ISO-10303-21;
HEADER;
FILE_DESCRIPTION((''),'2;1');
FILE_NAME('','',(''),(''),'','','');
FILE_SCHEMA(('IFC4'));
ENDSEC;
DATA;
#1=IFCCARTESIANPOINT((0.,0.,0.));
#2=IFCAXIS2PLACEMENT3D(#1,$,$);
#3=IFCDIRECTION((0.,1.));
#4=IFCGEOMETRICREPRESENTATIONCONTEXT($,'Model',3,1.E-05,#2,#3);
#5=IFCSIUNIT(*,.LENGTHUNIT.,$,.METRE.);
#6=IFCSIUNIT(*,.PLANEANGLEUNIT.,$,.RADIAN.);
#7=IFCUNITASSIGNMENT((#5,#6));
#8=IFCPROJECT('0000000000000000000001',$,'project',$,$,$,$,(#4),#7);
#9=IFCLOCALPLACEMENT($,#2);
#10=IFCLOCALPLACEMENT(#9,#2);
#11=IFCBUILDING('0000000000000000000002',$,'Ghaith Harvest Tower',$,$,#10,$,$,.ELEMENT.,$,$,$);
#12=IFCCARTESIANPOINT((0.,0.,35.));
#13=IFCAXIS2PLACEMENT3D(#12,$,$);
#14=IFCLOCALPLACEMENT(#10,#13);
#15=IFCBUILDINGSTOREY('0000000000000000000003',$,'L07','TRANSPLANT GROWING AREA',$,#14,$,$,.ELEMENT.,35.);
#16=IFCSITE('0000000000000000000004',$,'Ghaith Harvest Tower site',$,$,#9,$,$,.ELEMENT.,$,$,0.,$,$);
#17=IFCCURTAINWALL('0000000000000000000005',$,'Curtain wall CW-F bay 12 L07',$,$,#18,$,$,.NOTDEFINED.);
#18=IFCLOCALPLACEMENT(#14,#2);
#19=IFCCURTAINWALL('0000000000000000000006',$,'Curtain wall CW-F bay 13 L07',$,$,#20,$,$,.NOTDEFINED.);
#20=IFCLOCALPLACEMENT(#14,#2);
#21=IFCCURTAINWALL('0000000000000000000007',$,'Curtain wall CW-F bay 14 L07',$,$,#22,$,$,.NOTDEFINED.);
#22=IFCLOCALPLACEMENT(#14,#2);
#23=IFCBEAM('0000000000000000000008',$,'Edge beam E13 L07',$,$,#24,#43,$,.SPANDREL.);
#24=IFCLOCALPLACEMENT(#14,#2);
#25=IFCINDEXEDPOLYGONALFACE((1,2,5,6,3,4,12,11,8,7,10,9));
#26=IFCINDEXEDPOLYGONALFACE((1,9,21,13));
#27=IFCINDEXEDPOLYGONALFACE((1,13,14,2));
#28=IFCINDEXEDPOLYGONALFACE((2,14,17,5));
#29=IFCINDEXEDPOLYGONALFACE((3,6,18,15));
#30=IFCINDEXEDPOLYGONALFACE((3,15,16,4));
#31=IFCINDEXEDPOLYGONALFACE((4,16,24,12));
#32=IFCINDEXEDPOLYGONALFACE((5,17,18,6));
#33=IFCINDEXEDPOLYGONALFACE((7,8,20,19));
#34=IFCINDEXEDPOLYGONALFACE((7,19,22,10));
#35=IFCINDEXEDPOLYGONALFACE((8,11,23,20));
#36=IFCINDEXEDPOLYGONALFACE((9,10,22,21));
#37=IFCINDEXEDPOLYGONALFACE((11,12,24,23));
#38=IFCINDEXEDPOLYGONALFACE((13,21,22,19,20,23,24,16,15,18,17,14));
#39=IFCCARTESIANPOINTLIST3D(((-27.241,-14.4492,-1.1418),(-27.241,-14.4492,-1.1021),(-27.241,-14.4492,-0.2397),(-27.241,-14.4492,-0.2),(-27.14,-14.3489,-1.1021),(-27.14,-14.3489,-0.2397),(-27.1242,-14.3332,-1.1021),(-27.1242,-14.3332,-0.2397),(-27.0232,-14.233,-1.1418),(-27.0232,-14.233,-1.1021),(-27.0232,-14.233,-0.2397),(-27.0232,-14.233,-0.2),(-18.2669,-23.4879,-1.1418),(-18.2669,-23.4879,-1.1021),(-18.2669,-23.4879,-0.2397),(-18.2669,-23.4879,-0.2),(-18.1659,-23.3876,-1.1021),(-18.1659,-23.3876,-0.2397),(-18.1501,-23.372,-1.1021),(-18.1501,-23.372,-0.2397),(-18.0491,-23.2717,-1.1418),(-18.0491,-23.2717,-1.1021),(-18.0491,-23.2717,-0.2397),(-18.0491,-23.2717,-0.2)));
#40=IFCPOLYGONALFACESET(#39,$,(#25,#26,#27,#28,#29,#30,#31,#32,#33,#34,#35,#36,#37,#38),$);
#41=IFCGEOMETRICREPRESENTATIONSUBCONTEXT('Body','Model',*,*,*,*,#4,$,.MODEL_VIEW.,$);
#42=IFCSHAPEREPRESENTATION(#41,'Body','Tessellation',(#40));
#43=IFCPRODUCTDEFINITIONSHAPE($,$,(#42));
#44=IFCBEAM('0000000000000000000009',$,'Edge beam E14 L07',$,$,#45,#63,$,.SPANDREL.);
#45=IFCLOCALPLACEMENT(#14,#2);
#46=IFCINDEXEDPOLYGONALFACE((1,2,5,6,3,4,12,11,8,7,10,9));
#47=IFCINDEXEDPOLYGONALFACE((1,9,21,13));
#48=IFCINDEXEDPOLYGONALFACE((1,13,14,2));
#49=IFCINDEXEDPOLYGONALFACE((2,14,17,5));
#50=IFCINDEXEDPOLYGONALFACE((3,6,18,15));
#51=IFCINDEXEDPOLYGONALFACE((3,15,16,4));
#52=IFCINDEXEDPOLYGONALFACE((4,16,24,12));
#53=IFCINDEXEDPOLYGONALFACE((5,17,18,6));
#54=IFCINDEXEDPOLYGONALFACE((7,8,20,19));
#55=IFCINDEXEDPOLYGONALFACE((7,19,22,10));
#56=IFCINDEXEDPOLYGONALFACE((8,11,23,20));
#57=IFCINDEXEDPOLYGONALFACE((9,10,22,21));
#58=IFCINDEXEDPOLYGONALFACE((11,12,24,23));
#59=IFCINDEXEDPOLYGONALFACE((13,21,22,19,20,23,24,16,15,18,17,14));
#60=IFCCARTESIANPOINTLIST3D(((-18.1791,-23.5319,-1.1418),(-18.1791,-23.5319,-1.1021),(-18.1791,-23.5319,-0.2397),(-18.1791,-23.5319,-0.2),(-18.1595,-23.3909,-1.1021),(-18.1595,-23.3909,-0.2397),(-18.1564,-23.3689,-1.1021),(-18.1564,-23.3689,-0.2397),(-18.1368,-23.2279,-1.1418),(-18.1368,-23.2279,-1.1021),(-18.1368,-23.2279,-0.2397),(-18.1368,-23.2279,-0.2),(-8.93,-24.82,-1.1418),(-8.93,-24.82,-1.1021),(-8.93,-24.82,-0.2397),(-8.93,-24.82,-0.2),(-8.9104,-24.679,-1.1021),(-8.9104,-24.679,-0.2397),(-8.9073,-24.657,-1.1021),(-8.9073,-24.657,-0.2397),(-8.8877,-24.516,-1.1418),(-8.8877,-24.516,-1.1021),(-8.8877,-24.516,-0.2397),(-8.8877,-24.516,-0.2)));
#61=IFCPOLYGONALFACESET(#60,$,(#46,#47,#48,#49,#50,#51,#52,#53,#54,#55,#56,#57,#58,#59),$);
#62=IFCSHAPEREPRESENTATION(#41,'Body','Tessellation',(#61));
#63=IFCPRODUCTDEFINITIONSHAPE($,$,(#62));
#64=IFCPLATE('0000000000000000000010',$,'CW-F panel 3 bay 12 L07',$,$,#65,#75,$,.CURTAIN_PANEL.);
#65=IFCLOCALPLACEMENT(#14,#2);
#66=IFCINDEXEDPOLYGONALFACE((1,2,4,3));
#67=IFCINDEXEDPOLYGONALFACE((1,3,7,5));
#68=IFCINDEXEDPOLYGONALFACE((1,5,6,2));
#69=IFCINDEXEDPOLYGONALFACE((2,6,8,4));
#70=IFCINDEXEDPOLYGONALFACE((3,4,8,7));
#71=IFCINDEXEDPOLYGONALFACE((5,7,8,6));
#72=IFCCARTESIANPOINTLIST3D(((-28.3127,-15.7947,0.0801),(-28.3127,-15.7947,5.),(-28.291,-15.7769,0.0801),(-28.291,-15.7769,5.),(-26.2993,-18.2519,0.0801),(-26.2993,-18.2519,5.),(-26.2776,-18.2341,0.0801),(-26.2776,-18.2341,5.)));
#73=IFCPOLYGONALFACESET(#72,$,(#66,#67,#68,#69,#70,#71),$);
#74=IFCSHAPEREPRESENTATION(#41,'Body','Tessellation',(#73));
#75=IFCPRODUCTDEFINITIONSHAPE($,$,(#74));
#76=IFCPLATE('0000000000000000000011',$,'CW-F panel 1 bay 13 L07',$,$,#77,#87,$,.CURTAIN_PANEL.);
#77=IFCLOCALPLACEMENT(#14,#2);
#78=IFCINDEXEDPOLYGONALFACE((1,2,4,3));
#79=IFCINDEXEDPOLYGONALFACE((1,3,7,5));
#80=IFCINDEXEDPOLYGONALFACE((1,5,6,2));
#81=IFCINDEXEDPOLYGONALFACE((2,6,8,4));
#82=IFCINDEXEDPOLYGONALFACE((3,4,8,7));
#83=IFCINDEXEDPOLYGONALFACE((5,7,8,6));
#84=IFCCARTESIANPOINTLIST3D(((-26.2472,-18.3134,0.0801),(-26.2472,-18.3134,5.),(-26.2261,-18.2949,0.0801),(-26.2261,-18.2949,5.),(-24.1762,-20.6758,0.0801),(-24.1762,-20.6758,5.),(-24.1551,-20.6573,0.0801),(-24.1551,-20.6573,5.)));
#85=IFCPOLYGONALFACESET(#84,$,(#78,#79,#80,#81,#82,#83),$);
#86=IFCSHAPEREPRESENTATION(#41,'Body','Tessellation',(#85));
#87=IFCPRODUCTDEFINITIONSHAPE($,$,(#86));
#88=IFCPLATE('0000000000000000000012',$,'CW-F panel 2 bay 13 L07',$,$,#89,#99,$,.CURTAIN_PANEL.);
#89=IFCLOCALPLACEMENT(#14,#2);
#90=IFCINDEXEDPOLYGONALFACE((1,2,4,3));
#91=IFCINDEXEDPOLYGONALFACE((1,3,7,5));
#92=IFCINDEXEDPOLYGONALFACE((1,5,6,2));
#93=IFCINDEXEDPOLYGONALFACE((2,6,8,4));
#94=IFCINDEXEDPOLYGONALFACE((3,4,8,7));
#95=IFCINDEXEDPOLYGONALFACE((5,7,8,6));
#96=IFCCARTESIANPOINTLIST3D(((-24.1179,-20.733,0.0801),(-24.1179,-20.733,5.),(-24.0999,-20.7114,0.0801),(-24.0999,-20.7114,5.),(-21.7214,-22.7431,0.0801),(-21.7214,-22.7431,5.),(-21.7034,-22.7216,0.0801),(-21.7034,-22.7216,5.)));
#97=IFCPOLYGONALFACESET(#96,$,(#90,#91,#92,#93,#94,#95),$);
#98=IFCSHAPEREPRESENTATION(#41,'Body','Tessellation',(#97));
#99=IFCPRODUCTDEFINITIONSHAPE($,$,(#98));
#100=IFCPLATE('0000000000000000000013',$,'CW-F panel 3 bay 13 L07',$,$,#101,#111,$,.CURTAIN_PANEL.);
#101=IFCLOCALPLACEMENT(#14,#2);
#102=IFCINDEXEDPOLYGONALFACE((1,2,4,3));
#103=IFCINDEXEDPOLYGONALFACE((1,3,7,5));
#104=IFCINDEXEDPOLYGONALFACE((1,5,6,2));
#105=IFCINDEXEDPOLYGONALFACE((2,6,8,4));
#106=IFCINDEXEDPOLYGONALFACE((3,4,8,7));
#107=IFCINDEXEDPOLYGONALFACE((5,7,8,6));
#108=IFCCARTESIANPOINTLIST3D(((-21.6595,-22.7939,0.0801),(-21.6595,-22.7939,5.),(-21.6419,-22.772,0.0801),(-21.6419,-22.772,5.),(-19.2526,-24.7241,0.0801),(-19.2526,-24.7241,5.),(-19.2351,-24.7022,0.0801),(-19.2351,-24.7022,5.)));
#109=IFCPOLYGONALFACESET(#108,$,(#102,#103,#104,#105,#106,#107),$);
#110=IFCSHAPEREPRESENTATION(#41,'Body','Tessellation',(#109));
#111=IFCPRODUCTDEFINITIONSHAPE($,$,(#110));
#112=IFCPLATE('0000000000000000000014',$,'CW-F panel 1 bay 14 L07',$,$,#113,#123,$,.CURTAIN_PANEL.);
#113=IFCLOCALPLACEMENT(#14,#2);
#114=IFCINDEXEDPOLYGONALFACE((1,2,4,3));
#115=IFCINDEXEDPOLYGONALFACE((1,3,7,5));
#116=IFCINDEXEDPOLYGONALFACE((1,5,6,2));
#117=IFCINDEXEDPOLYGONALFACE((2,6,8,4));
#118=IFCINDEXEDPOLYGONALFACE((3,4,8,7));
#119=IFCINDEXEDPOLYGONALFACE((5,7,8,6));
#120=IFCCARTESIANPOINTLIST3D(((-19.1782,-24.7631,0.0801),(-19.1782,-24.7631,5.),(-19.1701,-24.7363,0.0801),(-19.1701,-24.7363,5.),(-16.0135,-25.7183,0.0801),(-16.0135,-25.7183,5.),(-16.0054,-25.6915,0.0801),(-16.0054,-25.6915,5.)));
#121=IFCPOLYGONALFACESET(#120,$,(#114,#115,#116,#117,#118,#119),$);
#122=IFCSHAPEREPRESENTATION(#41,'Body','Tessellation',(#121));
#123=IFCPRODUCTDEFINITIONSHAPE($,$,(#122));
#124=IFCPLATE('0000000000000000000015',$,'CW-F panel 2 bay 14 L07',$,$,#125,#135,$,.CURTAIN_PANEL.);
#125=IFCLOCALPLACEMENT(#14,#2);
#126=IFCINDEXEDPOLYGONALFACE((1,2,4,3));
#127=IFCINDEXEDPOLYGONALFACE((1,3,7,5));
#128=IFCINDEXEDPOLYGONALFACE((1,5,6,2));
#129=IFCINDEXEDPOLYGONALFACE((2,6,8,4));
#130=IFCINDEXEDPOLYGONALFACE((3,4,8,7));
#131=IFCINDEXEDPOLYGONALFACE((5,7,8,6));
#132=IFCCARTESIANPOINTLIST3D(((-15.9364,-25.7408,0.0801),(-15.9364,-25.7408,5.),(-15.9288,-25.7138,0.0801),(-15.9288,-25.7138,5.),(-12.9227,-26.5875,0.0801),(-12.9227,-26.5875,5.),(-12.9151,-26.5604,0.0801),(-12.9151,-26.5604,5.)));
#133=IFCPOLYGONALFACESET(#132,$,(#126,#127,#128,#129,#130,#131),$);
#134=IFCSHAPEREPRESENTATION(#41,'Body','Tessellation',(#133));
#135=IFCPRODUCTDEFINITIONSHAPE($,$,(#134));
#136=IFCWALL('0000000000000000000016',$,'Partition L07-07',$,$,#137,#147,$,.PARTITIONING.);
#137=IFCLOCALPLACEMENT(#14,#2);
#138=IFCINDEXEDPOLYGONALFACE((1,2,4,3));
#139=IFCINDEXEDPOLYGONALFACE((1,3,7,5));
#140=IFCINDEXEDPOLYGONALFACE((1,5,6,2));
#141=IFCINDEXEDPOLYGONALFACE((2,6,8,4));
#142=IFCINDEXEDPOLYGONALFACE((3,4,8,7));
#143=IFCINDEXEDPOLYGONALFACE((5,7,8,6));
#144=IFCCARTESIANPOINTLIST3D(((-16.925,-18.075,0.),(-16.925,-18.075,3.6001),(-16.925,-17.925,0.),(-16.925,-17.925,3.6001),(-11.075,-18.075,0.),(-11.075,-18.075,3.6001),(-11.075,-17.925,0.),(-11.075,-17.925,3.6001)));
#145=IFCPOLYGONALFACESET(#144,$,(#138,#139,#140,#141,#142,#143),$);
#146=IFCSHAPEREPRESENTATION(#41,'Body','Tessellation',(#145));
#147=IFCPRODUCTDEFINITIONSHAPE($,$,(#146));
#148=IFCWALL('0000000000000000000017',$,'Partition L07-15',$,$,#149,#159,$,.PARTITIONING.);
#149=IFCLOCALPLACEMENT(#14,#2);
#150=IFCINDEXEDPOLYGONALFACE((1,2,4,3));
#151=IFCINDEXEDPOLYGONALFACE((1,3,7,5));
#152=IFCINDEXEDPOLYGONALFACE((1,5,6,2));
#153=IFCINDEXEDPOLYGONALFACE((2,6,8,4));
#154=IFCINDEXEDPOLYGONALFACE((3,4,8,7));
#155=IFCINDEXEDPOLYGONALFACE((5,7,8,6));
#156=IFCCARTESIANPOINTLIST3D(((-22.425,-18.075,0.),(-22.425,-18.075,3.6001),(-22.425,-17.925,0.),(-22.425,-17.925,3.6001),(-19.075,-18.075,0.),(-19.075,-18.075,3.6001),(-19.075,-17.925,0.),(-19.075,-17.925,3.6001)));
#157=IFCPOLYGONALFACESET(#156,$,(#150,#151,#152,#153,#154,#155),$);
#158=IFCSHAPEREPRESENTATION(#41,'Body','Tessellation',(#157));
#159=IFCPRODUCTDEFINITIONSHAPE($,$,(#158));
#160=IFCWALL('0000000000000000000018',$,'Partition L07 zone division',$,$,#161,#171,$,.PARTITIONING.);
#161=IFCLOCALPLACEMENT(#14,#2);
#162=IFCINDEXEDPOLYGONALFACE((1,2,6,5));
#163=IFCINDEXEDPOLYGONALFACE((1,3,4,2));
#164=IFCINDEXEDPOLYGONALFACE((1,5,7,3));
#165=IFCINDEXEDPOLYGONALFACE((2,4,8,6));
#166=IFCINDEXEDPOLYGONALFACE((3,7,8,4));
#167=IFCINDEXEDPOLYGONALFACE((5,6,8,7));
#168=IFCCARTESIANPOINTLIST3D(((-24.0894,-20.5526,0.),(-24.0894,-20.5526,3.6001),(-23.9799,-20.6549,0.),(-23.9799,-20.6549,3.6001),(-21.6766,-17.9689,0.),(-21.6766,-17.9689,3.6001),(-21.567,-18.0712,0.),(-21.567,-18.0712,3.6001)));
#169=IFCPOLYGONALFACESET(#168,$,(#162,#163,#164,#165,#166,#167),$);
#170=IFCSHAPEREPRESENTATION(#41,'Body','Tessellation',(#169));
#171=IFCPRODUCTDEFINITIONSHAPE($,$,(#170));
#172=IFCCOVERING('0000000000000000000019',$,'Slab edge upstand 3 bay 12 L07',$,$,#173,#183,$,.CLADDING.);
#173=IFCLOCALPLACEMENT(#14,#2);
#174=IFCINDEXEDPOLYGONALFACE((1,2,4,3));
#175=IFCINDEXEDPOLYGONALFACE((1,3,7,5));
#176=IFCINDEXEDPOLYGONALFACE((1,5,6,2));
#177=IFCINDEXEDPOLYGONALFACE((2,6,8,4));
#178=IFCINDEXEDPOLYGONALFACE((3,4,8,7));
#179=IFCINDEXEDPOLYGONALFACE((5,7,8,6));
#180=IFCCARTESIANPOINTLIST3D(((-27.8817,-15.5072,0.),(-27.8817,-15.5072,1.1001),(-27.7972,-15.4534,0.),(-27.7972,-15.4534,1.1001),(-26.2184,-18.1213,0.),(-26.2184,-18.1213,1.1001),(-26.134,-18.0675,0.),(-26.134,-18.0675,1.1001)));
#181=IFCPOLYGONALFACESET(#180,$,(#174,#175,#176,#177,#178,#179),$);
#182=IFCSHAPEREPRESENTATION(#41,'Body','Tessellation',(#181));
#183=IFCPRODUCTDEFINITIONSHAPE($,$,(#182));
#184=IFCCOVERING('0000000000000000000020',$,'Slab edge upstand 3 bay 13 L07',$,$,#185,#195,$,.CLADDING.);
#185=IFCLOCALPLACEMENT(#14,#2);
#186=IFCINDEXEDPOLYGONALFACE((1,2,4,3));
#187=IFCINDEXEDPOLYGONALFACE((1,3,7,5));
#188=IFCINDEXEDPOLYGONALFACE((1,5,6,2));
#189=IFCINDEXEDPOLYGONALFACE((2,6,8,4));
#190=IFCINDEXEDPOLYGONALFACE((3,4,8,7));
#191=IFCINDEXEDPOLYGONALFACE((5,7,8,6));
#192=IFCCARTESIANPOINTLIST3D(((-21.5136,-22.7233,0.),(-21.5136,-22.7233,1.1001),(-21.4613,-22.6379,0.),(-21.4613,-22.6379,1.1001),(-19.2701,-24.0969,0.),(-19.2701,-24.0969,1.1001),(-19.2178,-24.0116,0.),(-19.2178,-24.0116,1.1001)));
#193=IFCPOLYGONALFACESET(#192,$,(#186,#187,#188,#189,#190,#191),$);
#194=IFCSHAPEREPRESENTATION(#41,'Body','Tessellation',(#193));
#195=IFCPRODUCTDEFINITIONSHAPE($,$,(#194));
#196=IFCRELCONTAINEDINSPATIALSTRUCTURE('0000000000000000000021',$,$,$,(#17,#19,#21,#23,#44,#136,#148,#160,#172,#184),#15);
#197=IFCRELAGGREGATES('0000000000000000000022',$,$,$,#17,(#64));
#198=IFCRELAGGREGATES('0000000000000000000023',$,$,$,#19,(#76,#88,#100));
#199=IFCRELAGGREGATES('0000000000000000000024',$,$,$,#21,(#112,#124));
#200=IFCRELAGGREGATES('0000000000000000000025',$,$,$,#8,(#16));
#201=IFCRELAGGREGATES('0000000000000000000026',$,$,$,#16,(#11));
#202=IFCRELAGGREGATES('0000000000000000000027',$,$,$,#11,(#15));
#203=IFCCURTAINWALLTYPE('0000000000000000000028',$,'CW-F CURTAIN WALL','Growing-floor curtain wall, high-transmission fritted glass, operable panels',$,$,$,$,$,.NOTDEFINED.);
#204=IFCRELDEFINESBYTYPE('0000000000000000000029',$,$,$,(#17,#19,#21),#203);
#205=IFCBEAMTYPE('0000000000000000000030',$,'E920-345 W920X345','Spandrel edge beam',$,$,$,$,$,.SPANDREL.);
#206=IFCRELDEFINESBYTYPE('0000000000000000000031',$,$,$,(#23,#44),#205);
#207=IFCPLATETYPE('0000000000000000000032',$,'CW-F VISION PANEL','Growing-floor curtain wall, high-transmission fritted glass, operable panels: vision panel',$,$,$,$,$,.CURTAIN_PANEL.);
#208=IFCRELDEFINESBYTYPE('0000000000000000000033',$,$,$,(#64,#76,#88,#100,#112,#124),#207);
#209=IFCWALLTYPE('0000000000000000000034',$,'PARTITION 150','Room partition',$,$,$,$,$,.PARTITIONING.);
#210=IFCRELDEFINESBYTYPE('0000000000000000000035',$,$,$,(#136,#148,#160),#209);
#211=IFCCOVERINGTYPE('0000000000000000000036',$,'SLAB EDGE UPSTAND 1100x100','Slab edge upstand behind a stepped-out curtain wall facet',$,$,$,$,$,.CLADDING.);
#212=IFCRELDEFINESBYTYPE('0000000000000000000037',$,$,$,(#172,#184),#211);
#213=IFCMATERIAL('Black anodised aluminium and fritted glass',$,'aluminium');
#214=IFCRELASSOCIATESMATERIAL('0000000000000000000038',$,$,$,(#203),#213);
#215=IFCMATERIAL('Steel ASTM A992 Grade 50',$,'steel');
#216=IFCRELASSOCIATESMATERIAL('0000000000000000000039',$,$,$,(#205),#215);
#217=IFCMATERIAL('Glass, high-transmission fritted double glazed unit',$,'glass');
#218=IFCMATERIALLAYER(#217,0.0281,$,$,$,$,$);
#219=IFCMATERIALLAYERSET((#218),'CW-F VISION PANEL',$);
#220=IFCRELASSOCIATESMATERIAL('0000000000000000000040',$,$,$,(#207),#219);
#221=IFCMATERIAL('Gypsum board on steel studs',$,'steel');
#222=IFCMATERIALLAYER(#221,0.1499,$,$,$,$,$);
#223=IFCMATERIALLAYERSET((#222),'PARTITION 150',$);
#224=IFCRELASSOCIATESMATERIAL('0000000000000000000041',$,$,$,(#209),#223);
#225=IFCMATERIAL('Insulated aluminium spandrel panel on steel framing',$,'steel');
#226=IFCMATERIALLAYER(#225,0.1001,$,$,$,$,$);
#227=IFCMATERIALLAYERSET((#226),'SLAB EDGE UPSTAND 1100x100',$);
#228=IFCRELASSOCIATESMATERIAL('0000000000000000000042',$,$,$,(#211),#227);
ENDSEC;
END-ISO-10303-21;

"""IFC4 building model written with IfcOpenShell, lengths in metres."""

from ifc_helpers import new_model, si_unit, direction, frame, frame_2d, origin, origin_2d, place, context, subcontext, project, spatial, rectangle, i_section, extrude, material, layer, layer_set, material_profile, profile_set, type_object, element, aggregate, save


model = new_model("IFC4")

# Units and contexts
model_context = context("Model", 3, precision=1e-05, world=origin(), true_north=direction((0.0, 1.0)))
body_context = subcontext(model_context, "Body", "Model", "MODEL_VIEW")
ifc_project = project(units=[si_unit("LENGTHUNIT", "METRE"), si_unit("PLANEANGLEUNIT", "RADIAN")], contexts=[model_context])

# Site, building, storey
site_placement = place(None, origin())
site = spatial("IfcSite", under=ifc_project, at=site_placement, Name="Ghaith Harvest Tower site", CompositionType="ELEMENT", RefElevation=0.0)
building_placement = place(site_placement, origin())
building = spatial("IfcBuilding", under=site, at=building_placement, Name="Ghaith Harvest Tower", CompositionType="ELEMENT")
storey_placement = place(building_placement, frame((0.0, 0.0, 35.0)))
storey = spatial("IfcBuildingStorey", under=building, at=storey_placement, Name="L07", Description="TRANSPLANT GROWING AREA", CompositionType="ELEMENT", Elevation=35.0)

# Curtain wall
ifc_material_1 = material(Name="Black anodised aluminium and fritted glass", Category="aluminium")
curtain_wall_type = type_object("IfcCurtainWallType", Name="CW-F CURTAIN WALL", Description="Growing-floor curtain wall, high-transmission fritted glass, operable panels", PredefinedType="NOTDEFINED", material=ifc_material_1)
curtain_wall_1_placement = place(storey_placement, origin())
curtain_wall_1 = element("IfcCurtainWall", 1, at=curtain_wall_1_placement, inside=storey, type_object=curtain_wall_type, Name="Curtain wall CW-F bay 12 L07", PredefinedType="NOTDEFINED")

# Curtain walls
curtain_wall_2_placement = place(storey_placement, origin())
curtain_wall_2 = element("IfcCurtainWall", 2, at=curtain_wall_2_placement, inside=storey, type_object=curtain_wall_type, Name="Curtain wall CW-F bay 13 L07", PredefinedType="NOTDEFINED")
curtain_wall_3_placement = place(storey_placement, origin())
curtain_wall_3 = element("IfcCurtainWall", 3, at=curtain_wall_3_placement, inside=storey, type_object=curtain_wall_type, Name="Curtain wall CW-F bay 14 L07", PredefinedType="NOTDEFINED")

# Beams
ifc_material_2 = material(Name="Steel ASTM A992 Grade 50", Category="steel")
ifc_material_profile_1 = material_profile(ifc_material_2, i_section(OverallWidth=0.3069, OverallDepth=0.9419, WebThickness=0.0222, FlangeThickness=0.0398, at=origin_2d()), Name="W920X345")
ifc_profile_set_1 = profile_set([ifc_material_profile_1], Name="Steel ASTM A992 Grade 50")
beam_type = type_object("IfcBeamType", Name="E920-345 W920X345", Description="Spandrel edge beam", PredefinedType="SPANDREL", material=ifc_profile_set_1)
beam_1_placement = place(storey_placement, frame((-27.1321, -14.3411, -0.6709), z_axis=(0.704563, -0.709642, 0.0), x_axis=(0.709642, 0.704563, 0.0)))
element("IfcBeam", 4, at=beam_1_placement, inside=storey, type_object=beam_type, Name="Edge beam E13 L07", PredefinedType="SPANDREL", context=body_context, shape_type="SweptSolid", body=[
    extrude(i_section(OverallWidth=0.3069, OverallDepth=0.9419, WebThickness=0.0222, FlangeThickness=0.0398, at=origin_2d()), origin(), (0.0, 0.0, 1.0), 12.7371),
])
beam_2_placement = place(storey_placement, frame((-18.158, -23.3799, -0.6709), z_axis=(0.990441, -0.137936, 0.0), x_axis=(0.137936, 0.990441, 0.0)))
element("IfcBeam", 5, at=beam_2_placement, inside=storey, type_object=beam_type, Name="Edge beam E14 L07", PredefinedType="SPANDREL", context=body_context, shape_type="SweptSolid", body=[
    extrude(i_section(OverallWidth=0.3069, OverallDepth=0.9419, WebThickness=0.0222, FlangeThickness=0.0398, at=origin_2d()), origin(), (0.0, 0.0, 1.0), 9.3384),
])

# Plates
ifc_material_3 = material(Name="Glass, high-transmission fritted double glazed unit", Category="glass")
ifc_layer_1 = layer(ifc_material_3, 0.0281)
ifc_layer_set_1 = layer_set([ifc_layer_1], Name="CW-F VISION PANEL")
plate_type = type_object("IfcPlateType", Name="CW-F VISION PANEL", Description="Growing-floor curtain wall, high-transmission fritted glass, operable panels: vision panel", PredefinedType="CURTAIN_PANEL", material=ifc_layer_set_1)
plate_1_placement = place(storey_placement, frame((-27.2952, -17.0144, 0.0801), z_axis=(0.0, 0.0, 1.0), x_axis=(0.63379, -0.773505, 0.0)))
plate_1 = element("IfcPlate", 6, at=plate_1_placement, type_object=plate_type, Name="CW-F panel 3 bay 12 L07", PredefinedType="CURTAIN_PANEL", context=body_context, shape_type="SweptSolid", body=[
    extrude(rectangle(XDim=3.1768, YDim=0.0281, at=origin_2d()), origin(), (0.0, 0.0, 1.0), 4.9199),
])
aggregate(curtain_wall_1, [plate_1])
plate_2_placement = place(storey_placement, frame((-25.2012, -19.4854, 0.0801), z_axis=(0.0, 0.0, 1.0), x_axis=(0.659216, -0.751954, 0.0)))
plate_2 = element("IfcPlate", 7, at=plate_2_placement, type_object=plate_type, Name="CW-F panel 1 bay 13 L07", PredefinedType="CURTAIN_PANEL", context=body_context, shape_type="SweptSolid", body=[
    extrude(rectangle(XDim=3.1416, YDim=0.0281, at=origin_2d()), origin(), (0.0, 0.0, 1.0), 4.9199),
])
plate_3_placement = place(storey_placement, frame((-22.9106, -21.7273, 0.0801), z_axis=(0.0, 0.0, 1.0), x_axis=(0.766155, -0.642656, 0.0)))
plate_3 = element("IfcPlate", 8, at=plate_3_placement, type_object=plate_type, Name="CW-F panel 2 bay 13 L07", PredefinedType="CURTAIN_PANEL", context=body_context, shape_type="SweptSolid", body=[
    extrude(rectangle(XDim=3.1279, YDim=0.0281, at=origin_2d()), origin(), (0.0, 0.0, 1.0), 4.9199),
])
plate_4_placement = place(storey_placement, frame((-20.4473, -23.748, 0.0801), z_axis=(0.0, 0.0, 1.0), x_axis=(0.780122, -0.625627, 0.0)))
plate_4 = element("IfcPlate", 9, at=plate_4_placement, type_object=plate_type, Name="CW-F panel 3 bay 13 L07", PredefinedType="CURTAIN_PANEL", context=body_context, shape_type="SweptSolid", body=[
    extrude(rectangle(XDim=3.0852, YDim=0.0281, at=origin_2d()), origin(), (0.0, 0.0, 1.0), 4.9199),
])
aggregate(curtain_wall_2, [plate_2, plate_3, plate_4])
plate_5_placement = place(storey_placement, frame((-17.5918, -25.2273, 0.0801), z_axis=(0.0, 0.0, 1.0), x_axis=(0.957342, -0.288956, 0.0)))
plate_5 = element("IfcPlate", 10, at=plate_5_placement, type_object=plate_type, Name="CW-F panel 1 bay 14 L07", PredefinedType="CURTAIN_PANEL", context=body_context, shape_type="SweptSolid", body=[
    extrude(rectangle(XDim=3.3057, YDim=0.0281, at=origin_2d()), origin(), (0.0, 0.0, 1.0), 4.9199),
])
plate_6_placement = place(storey_placement, frame((-14.4258, -26.1506, 0.0801), z_axis=(0.0, 0.0, 1.0), x_axis=(0.96273, -0.270465, 0.0)))
plate_6 = element("IfcPlate", 11, at=plate_6_placement, type_object=plate_type, Name="CW-F panel 2 bay 14 L07", PredefinedType="CURTAIN_PANEL", context=body_context, shape_type="SweptSolid", body=[
    extrude(rectangle(XDim=3.1304, YDim=0.0281, at=origin_2d()), origin(), (0.0, 0.0, 1.0), 4.9199),
])
aggregate(curtain_wall_3, [plate_5, plate_6])

# Walls
ifc_material_4 = material(Name="Gypsum board on steel studs", Category="steel")
ifc_layer_2 = layer(ifc_material_4, 0.1499)
ifc_layer_set_2 = layer_set([ifc_layer_2], Name="PARTITION 150")
wall_type = type_object("IfcWallType", Name="PARTITION 150", Description="Room partition", PredefinedType="PARTITIONING", material=ifc_layer_set_2)
wall_1_placement = place(storey_placement, frame((-16.925, -18.0, 0.0), z_axis=(0.0, 0.0, 1.0), x_axis=(1.0, 0.0, 0.0)))
element("IfcWall", 12, at=wall_1_placement, inside=storey, type_object=wall_type, Name="Partition L07-07", PredefinedType="PARTITIONING", context=body_context, shape_type="SweptSolid", body=[
    extrude(rectangle(XDim=5.8501, YDim=0.1499, at=frame_2d((2.925, 0.0))), origin(), (0.0, 0.0, 1.0), 3.6001),
])
wall_2_placement = place(storey_placement, frame((-22.425, -18.0, 0.0), z_axis=(0.0, 0.0, 1.0), x_axis=(1.0, 0.0, 0.0)))
element("IfcWall", 13, at=wall_2_placement, inside=storey, type_object=wall_type, Name="Partition L07-15", PredefinedType="PARTITIONING", context=body_context, shape_type="SweptSolid", body=[
    extrude(rectangle(XDim=3.3501, YDim=0.1499, at=frame_2d((1.675, 0.0))), origin(), (0.0, 0.0, 1.0), 3.6001),
])
wall_3_placement = place(storey_placement, frame((-21.6218, -18.02, 0.0), z_axis=(0.0, 0.0, 1.0), x_axis=(-0.682522, -0.730865, 0.0)))
element("IfcWall", 14, at=wall_3_placement, inside=storey, type_object=wall_type, Name="Partition L07 zone division", PredefinedType="PARTITIONING", context=body_context, shape_type="SweptSolid", body=[
    extrude(rectangle(XDim=3.5352, YDim=0.1499, at=frame_2d((1.7676, 0.0))), origin(), (0.0, 0.0, 1.0), 3.6001),
])

# Coverings
ifc_material_5 = material(Name="Insulated aluminium spandrel panel on steel framing", Category="steel")
ifc_layer_3 = layer(ifc_material_5, 0.1001)
ifc_layer_set_3 = layer_set([ifc_layer_3], Name="SLAB EDGE UPSTAND 1100x100")
covering_type = type_object("IfcCoveringType", Name="SLAB EDGE UPSTAND 1100x100", Description="Slab edge upstand behind a stepped-out curtain wall facet", PredefinedType="CLADDING", material=ifc_layer_set_3)
covering_1_placement = place(storey_placement, frame((-27.0078, -16.7874, 0.0), z_axis=(0.0, 0.0, 1.0), x_axis=(0.536807, -0.843705, 0.0)))
element("IfcCovering", 15, at=covering_1_placement, inside=storey, type_object=covering_type, Name="Slab edge upstand 3 bay 12 L07", PredefinedType="CLADDING", context=body_context, shape_type="SweptSolid", body=[
    extrude(rectangle(XDim=3.0984, YDim=0.1001, at=origin_2d()), origin(), (0.0, 0.0, 1.0), 1.1001),
])
covering_2_placement = place(storey_placement, frame((-20.3657, -23.3674, 0.0), z_axis=(0.0, 0.0, 1.0), x_axis=(0.852847, -0.522161, 0.0)))
element("IfcCovering", 16, at=covering_2_placement, inside=storey, type_object=covering_type, Name="Slab edge upstand 3 bay 13 L07", PredefinedType="CLADDING", context=body_context, shape_type="SweptSolid", body=[
    extrude(rectangle(XDim=2.6306, YDim=0.1001, at=origin_2d()), origin(), (0.0, 0.0, 1.0), 1.1001),
])

save(model, "model.ifc")
